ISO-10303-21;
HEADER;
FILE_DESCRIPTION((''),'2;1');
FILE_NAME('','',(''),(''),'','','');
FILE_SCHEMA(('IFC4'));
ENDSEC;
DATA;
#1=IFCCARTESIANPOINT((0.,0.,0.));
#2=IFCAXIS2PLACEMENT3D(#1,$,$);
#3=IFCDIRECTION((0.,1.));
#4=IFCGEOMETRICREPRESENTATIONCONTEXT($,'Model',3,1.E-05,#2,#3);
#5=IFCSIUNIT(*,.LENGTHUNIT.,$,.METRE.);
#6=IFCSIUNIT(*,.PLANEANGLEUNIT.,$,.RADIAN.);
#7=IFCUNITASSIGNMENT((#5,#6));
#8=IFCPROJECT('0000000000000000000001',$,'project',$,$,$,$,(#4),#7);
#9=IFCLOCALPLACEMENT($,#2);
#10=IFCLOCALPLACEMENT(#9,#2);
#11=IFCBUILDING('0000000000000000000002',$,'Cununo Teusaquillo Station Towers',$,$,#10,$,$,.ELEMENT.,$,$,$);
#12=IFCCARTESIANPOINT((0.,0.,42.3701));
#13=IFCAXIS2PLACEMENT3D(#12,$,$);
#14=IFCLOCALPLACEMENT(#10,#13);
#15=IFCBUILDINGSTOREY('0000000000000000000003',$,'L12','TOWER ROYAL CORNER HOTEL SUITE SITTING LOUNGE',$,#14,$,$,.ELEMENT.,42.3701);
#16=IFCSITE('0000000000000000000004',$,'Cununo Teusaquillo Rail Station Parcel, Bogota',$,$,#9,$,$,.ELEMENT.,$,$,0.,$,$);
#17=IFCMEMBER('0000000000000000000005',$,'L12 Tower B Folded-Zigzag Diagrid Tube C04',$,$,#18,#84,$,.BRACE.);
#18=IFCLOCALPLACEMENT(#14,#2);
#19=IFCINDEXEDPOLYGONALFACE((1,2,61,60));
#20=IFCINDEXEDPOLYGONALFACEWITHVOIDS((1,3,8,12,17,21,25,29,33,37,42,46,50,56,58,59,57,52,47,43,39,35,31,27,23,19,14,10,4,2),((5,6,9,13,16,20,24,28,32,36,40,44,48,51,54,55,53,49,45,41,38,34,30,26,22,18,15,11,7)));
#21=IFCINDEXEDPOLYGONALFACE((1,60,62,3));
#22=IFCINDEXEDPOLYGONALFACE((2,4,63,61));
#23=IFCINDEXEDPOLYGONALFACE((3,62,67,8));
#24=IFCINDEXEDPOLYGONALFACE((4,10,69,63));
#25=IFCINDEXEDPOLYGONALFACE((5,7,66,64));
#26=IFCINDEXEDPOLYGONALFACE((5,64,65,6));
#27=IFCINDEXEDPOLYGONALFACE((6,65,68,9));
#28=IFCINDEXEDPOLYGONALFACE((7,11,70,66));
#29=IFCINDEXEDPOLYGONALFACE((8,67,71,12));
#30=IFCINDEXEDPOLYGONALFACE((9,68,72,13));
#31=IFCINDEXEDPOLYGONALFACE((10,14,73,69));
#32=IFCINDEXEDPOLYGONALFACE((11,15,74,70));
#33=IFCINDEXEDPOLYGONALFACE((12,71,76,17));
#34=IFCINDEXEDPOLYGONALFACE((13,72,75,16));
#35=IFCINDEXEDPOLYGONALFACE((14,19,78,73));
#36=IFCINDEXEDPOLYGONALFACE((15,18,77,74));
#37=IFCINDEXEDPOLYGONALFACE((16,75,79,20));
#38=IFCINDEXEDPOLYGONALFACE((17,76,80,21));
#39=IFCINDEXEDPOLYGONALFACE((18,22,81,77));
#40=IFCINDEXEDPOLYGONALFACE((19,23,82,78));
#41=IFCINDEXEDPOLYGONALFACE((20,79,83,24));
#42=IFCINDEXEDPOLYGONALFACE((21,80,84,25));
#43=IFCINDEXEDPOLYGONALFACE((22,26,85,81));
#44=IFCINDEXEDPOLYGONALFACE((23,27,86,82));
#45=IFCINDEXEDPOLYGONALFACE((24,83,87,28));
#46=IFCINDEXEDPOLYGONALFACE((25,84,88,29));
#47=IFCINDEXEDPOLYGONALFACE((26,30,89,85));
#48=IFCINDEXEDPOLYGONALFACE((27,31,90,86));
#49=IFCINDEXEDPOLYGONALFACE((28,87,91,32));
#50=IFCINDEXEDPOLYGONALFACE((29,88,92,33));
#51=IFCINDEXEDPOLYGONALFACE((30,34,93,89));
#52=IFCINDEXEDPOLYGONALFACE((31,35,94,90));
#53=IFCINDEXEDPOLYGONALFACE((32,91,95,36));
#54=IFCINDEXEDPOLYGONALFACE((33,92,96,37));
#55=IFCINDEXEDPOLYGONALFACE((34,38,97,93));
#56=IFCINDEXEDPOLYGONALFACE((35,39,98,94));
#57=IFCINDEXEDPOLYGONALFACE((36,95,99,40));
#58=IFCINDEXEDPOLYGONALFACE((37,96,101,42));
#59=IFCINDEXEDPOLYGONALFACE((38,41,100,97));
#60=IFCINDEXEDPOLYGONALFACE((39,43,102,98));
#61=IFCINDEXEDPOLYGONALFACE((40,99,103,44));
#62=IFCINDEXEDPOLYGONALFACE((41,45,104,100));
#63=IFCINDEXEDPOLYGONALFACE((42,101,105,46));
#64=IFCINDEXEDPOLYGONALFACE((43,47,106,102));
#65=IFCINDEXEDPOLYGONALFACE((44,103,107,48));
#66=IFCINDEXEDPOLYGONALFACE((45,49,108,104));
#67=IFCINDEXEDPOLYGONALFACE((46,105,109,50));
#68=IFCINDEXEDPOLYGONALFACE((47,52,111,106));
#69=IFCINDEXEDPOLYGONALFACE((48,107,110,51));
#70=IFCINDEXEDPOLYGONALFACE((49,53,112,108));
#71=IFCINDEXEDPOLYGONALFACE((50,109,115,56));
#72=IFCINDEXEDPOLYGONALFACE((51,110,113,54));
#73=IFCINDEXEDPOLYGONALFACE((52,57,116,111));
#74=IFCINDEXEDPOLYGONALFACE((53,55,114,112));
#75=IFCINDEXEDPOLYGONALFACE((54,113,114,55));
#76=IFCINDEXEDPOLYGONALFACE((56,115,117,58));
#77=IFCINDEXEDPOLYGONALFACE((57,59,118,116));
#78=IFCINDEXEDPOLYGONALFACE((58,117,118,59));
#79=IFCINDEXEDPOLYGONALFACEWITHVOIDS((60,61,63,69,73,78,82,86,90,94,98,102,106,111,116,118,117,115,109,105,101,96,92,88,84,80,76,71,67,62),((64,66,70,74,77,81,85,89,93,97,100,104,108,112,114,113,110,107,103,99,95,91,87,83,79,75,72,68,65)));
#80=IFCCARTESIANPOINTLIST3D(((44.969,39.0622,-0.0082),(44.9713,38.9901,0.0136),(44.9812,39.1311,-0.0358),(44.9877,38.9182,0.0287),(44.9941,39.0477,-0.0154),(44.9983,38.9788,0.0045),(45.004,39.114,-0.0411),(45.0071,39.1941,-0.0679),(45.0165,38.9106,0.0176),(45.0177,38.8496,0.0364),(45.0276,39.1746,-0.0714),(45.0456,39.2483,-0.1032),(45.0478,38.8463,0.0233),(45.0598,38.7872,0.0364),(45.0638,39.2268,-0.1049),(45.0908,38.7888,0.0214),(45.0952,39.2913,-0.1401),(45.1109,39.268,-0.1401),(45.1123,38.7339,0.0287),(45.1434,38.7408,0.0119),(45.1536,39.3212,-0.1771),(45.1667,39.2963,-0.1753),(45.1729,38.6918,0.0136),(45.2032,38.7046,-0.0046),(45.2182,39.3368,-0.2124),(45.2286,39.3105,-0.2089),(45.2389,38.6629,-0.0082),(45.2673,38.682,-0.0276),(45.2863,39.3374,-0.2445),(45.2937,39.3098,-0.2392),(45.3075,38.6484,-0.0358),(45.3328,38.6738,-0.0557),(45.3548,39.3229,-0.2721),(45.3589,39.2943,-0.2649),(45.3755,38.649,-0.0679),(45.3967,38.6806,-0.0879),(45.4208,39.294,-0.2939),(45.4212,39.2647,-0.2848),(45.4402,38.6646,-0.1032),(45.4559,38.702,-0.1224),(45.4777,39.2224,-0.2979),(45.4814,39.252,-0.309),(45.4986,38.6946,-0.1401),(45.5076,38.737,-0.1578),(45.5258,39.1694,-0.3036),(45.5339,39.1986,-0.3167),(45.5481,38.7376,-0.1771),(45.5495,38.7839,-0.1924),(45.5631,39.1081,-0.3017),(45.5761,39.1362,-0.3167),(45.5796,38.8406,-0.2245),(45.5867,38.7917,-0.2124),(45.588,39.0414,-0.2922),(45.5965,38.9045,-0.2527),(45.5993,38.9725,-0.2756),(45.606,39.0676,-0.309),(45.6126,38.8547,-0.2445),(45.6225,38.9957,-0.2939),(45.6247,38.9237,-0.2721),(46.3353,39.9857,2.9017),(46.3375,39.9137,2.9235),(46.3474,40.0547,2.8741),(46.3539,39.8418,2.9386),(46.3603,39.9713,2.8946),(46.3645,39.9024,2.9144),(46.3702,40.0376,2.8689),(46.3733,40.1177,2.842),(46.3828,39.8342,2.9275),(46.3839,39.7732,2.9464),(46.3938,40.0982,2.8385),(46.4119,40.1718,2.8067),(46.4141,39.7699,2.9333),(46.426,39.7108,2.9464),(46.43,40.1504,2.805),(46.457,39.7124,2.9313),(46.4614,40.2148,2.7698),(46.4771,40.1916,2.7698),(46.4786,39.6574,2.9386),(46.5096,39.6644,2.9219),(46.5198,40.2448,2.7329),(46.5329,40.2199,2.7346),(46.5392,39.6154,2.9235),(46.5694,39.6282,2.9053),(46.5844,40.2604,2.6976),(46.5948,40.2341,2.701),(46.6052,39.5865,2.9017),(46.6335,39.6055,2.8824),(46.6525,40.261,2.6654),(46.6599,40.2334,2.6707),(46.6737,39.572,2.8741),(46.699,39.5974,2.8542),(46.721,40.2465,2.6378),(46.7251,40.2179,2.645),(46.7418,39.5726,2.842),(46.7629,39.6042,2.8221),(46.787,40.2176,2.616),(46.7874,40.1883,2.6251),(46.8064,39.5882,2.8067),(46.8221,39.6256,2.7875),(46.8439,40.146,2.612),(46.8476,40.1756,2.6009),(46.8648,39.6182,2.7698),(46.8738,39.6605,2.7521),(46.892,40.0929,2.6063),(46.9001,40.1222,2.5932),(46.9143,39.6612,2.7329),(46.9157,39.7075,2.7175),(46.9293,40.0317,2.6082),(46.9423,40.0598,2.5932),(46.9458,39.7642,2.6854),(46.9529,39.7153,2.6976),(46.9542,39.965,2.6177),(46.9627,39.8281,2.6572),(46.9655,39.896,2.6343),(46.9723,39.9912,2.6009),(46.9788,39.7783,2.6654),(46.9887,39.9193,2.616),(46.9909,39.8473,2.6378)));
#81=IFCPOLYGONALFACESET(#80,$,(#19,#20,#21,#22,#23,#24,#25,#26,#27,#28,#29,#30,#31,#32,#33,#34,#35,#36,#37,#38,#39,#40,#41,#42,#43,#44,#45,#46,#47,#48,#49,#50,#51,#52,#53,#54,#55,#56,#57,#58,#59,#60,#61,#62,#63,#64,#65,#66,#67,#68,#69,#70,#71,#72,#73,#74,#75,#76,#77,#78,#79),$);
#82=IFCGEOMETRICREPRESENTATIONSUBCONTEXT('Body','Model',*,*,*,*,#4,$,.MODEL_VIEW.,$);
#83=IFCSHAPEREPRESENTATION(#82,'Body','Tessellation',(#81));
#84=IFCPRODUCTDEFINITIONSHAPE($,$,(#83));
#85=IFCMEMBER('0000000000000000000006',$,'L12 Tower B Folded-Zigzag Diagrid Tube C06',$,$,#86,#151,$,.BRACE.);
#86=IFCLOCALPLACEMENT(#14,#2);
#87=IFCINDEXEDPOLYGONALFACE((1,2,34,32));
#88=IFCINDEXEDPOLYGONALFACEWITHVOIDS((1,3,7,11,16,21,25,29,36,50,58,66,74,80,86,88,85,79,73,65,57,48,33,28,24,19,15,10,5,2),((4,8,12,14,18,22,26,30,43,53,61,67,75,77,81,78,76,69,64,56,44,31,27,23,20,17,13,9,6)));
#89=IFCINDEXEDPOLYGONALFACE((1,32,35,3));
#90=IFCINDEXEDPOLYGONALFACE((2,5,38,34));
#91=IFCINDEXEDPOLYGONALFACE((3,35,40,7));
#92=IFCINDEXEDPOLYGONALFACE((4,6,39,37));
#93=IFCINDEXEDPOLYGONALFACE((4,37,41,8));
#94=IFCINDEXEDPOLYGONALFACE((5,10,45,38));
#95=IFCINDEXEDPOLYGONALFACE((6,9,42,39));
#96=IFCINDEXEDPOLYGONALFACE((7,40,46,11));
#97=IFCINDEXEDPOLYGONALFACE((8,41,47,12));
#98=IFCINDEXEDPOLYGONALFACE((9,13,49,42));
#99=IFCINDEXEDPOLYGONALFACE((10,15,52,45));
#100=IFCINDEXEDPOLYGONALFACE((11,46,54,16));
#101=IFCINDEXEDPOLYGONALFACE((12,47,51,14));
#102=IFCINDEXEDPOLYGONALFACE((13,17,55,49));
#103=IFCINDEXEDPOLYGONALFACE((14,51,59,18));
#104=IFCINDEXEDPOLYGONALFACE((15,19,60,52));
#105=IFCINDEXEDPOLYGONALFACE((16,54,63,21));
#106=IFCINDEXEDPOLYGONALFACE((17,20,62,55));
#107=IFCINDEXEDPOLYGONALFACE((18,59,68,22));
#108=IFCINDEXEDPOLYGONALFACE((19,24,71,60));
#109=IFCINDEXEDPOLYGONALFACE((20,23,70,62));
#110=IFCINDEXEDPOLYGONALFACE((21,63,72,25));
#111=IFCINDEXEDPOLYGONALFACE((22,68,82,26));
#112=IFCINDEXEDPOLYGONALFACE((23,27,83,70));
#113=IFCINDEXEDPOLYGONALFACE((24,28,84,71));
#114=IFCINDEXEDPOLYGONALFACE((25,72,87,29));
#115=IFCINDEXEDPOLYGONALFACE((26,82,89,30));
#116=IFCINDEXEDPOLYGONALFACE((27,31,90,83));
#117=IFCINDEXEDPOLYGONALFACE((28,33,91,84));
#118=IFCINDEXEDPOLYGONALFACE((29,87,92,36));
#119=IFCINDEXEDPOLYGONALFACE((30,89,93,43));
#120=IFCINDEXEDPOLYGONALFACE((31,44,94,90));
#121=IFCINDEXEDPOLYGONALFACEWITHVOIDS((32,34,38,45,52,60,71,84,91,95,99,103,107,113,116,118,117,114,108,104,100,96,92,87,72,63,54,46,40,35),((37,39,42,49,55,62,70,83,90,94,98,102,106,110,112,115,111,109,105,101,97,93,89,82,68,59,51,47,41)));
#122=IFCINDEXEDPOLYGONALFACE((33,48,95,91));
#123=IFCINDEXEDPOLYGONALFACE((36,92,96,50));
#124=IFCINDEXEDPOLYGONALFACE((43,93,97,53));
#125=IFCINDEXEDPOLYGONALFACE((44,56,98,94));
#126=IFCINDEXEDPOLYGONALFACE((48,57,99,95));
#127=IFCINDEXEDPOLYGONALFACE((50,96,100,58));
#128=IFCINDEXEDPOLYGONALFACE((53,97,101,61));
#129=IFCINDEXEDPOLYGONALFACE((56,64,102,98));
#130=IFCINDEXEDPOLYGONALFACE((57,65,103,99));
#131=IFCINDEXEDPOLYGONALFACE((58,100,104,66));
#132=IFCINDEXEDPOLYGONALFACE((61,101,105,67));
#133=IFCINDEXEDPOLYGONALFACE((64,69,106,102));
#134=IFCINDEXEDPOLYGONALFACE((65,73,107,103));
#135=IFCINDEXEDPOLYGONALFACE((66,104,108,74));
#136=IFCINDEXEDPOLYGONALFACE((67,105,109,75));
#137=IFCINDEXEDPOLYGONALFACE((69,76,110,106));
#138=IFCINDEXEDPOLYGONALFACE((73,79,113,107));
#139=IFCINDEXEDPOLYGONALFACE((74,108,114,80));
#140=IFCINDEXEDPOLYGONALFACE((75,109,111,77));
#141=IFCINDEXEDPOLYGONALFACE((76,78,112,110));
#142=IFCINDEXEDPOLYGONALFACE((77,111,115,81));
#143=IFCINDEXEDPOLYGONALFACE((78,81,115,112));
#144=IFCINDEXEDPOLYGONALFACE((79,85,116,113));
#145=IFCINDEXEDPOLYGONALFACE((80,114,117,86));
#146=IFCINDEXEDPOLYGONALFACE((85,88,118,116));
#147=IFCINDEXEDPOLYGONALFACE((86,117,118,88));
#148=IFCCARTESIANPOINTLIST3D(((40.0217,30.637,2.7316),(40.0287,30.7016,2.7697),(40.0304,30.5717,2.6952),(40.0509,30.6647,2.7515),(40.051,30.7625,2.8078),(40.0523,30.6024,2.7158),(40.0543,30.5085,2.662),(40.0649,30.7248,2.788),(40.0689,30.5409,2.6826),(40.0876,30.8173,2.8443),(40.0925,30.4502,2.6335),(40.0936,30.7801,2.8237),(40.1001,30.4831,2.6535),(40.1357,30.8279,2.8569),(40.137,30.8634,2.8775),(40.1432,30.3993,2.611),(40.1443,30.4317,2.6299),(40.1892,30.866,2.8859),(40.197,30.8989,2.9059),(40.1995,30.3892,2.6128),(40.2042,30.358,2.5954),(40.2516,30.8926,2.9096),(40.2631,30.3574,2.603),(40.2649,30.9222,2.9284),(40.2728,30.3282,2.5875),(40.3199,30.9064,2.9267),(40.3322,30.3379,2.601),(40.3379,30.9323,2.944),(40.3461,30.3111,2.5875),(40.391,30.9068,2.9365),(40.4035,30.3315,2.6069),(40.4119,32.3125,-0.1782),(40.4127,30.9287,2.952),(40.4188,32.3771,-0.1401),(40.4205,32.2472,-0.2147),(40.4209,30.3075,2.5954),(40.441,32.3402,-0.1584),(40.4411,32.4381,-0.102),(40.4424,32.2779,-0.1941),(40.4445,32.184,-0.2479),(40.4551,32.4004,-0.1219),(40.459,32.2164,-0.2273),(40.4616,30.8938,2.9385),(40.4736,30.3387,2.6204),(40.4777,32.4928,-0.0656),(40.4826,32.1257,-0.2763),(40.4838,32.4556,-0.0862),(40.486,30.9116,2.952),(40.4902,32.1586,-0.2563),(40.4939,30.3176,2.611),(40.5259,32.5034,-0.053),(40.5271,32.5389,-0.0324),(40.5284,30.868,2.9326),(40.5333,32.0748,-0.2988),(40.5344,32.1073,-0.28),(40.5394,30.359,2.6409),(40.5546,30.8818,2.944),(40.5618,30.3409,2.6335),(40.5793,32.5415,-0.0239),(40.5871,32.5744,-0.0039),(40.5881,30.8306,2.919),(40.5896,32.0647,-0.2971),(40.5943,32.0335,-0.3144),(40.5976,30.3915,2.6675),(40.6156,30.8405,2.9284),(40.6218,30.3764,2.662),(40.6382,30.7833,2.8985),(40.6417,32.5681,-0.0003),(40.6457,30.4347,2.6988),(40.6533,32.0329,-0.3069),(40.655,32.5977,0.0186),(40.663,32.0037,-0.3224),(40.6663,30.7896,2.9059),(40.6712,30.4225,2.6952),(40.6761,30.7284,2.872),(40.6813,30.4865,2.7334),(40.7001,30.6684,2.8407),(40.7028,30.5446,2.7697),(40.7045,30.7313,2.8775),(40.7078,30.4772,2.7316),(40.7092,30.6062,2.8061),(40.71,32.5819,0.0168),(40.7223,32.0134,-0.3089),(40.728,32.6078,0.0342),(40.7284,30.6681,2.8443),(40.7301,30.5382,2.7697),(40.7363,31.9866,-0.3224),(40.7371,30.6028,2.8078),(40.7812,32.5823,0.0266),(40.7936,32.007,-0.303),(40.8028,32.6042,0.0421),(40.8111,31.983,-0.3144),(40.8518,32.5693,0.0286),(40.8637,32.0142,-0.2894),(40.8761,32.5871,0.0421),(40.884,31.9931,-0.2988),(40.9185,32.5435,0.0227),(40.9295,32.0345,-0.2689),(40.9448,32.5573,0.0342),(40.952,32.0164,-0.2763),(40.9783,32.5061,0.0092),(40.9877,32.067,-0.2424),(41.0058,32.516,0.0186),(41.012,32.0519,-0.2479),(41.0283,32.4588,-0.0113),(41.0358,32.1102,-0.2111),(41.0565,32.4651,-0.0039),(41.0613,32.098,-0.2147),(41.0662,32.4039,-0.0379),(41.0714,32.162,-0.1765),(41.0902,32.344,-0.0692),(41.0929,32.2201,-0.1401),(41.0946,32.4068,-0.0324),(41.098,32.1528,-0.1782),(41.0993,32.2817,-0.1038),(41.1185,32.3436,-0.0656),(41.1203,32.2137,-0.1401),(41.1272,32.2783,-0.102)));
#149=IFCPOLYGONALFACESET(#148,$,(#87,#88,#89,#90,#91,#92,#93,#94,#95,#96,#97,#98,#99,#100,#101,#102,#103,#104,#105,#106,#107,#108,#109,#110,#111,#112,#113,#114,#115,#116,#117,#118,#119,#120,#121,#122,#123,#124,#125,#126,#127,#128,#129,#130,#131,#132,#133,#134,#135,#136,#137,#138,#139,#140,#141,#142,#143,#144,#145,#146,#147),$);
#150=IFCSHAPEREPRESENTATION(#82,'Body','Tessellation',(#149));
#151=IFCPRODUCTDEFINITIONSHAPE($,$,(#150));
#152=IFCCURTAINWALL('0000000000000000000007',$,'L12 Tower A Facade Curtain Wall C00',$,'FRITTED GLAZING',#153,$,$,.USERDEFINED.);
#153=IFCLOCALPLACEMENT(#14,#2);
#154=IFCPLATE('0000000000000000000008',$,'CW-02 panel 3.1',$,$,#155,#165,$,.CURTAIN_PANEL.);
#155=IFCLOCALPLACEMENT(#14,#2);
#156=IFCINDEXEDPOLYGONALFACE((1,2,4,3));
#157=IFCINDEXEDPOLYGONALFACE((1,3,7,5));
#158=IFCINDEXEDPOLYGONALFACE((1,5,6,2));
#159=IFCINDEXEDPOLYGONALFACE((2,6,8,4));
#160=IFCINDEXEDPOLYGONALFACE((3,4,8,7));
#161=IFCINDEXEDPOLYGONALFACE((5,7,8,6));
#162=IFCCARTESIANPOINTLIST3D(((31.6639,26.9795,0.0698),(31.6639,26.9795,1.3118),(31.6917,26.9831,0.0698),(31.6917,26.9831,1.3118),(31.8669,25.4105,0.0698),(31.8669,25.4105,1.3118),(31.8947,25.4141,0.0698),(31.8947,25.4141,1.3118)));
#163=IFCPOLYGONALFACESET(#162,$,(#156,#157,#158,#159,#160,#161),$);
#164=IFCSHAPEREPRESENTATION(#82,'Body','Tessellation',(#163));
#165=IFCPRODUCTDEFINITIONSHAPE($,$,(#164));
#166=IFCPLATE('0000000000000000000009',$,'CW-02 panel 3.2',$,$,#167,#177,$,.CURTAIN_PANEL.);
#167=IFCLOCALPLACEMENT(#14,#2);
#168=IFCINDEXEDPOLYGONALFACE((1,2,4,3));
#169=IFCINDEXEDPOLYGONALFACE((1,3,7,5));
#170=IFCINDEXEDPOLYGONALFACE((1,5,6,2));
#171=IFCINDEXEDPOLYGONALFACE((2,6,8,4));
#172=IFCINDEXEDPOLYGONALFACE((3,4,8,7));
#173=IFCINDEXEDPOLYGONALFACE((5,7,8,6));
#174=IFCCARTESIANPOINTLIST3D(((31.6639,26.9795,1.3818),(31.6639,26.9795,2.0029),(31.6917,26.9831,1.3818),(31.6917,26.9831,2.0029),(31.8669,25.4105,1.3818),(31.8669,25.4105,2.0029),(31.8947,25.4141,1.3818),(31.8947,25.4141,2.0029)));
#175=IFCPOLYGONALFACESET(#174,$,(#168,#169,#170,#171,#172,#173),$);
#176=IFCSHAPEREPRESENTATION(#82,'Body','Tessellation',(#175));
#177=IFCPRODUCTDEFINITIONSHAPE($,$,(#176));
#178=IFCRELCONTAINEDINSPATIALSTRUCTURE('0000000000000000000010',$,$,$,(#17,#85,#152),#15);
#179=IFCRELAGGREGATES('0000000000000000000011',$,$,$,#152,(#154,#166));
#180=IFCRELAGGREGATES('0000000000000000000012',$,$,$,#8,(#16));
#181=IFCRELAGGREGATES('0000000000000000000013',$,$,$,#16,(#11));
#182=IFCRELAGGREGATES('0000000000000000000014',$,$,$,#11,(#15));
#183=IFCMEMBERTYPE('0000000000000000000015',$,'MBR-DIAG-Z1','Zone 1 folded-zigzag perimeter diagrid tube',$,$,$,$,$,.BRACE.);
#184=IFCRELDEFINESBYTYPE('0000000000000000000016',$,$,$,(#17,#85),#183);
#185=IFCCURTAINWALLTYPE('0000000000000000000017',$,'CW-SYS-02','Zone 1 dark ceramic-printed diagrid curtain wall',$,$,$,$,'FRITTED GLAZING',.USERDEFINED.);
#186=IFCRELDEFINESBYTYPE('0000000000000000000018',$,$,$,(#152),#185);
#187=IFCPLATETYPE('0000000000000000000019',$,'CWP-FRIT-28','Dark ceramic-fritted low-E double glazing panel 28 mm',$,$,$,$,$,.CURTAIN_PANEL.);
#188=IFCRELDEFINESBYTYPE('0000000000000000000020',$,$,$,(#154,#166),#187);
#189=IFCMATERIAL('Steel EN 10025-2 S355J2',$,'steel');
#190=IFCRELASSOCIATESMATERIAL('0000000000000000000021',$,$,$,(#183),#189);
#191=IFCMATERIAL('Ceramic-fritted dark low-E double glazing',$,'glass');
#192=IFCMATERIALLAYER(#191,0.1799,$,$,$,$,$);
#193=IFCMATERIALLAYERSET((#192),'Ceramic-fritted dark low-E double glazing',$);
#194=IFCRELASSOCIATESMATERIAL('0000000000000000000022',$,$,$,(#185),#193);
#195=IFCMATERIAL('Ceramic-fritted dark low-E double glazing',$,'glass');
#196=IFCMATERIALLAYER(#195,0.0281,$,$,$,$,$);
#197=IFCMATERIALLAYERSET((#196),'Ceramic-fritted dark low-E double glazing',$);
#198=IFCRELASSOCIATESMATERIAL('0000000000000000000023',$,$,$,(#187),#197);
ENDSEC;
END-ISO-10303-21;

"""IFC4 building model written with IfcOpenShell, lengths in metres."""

from ifc_helpers import new_model, si_unit, direction, frame, origin, origin_2d, place, context, subcontext, project, spatial, rectangle, hollow_circle, extrude, source, transform, mapped, material, layer, layer_set, material_profile, profile_set, type_object, element, aggregate, save


model = new_model("IFC4")

# Units and contexts
model_context = context("Model", 3, precision=1e-05, world=origin(), true_north=direction((0.0, 1.0)))
body_context = subcontext(model_context, "Body", "Model", "MODEL_VIEW")
ifc_project = project(units=[si_unit("LENGTHUNIT", "METRE"), si_unit("PLANEANGLEUNIT", "RADIAN")], contexts=[model_context])

# Site, building, storey
site_placement = place(None, origin())
site = spatial("IfcSite", under=ifc_project, at=site_placement, Name="Cununo Teusaquillo Rail Station Parcel, Bogota", CompositionType="ELEMENT", RefElevation=0.0)
building_placement = place(site_placement, origin())
building = spatial("IfcBuilding", under=site, at=building_placement, Name="Cununo Teusaquillo Station Towers", CompositionType="ELEMENT")
storey_placement = place(building_placement, frame((0.0, 0.0, 42.3701)))
storey = spatial("IfcBuildingStorey", under=building, at=storey_placement, Name="L12", Description="TOWER ROYAL CORNER HOTEL SUITE SITTING LOUNGE", CompositionType="ELEMENT", Elevation=42.3701)

# Members
ifc_material_1 = material(Name="Steel EN 10025-2 S355J2", Category="steel")
ifc_material_profile_1 = material_profile(ifc_material_1, hollow_circle(Radius=0.3601, WallThickness=0.0281, at=origin_2d()), Name="CHS 720x28")
ifc_profile_set_1 = profile_set([ifc_material_profile_1], Name="Steel EN 10025-2 S355J2")
member_type = type_object("IfcMemberType", Name="MBR-DIAG-Z1", Description="Zone 1 folded-zigzag perimeter diagrid tube", PredefinedType="BRACE", material=ifc_profile_set_1)
member_1_placement = place(storey_placement, frame((45.2969, 38.9929, -0.1401), z_axis=(0.408468, 0.276132, 0.870003), x_axis=(-0.560052, 0.828457, 0.0)))
element("IfcMember", 1, at=member_1_placement, inside=storey, type_object=member_type, Name="L12 Tower B Folded-Zigzag Diagrid Tube C04", PredefinedType="BRACE", context=body_context, shape_type="SweptSolid", body=[
    extrude(hollow_circle(Radius=0.3601, WallThickness=0.0281, at=origin_2d()), origin(), (0.0, 0.0, 1.0), 3.3447),
])
member_2_placement = place(storey_placement, frame((40.7695, 32.2954, -0.1401), z_axis=(-0.115411, -0.49566, 0.860815), x_axis=(0.973947, -0.226776, 0.0)))
element("IfcMember", 2, at=member_2_placement, inside=storey, type_object=member_type, Name="L12 Tower B Folded-Zigzag Diagrid Tube C06", PredefinedType="BRACE", context=body_context, shape_type="SweptSolid", body=[
    extrude(hollow_circle(Radius=0.3601, WallThickness=0.0281, at=origin_2d()), origin(), (0.0, 0.0, 1.0), 3.3804),
])

# Curtain wall, plates
ifc_material_2 = material(Name="Ceramic-fritted dark low-E double glazing", Category="glass")
ifc_layer_1 = layer(ifc_material_2, 0.1799)
ifc_layer_set_1 = layer_set([ifc_layer_1], Name="Ceramic-fritted dark low-E double glazing")
curtain_wall_type = type_object("IfcCurtainWallType", Name="CW-SYS-02", Description="Zone 1 dark ceramic-printed diagrid curtain wall", ElementType="FRITTED GLAZING", PredefinedType="USERDEFINED", material=ifc_layer_set_1)
curtain_wall_placement = place(storey_placement, origin())
curtain_wall = element("IfcCurtainWall", 3, at=curtain_wall_placement, inside=storey, type_object=curtain_wall_type, Name="L12 Tower A Facade Curtain Wall C00", ObjectType="FRITTED GLAZING", PredefinedType="USERDEFINED")
ifc_material_3 = material(Name="Ceramic-fritted dark low-E double glazing", Category="glass")
ifc_layer_2 = layer(ifc_material_3, 0.0281)
ifc_layer_set_2 = layer_set([ifc_layer_2], Name="Ceramic-fritted dark low-E double glazing")
plate_type = type_object("IfcPlateType", Name="CWP-FRIT-28", Description="Dark ceramic-fritted low-E double glazing panel 28 mm", PredefinedType="CURTAIN_PANEL", material=ifc_layer_set_2)
shared_shape_1 = source(origin(), body_context, "Body", "SweptSolid", [
    extrude(rectangle(XDim=1.582, YDim=0.0281, at=origin_2d()), origin(), (0.0, 0.0, 1.0), 1.2419),
])
plate_1_placement = place(storey_placement, frame((31.7793, 26.1968, 0.0698), z_axis=(0.0, 0.0, 1.0), x_axis=(0.128336, -0.991731, 0.0)))
plate_1 = element("IfcPlate", 4, at=plate_1_placement, type_object=plate_type, Name="CW-02 panel 3.1", PredefinedType="CURTAIN_PANEL", context=body_context, shape_type="MappedRepresentation", body=[
    mapped(shared_shape_1, transform((0.0, 0.0, 0.0), x_axis=(1.0, 0.0, 0.0), y_axis=(0.0, 1.0, 0.0), z_axis=(0.0, 0.0, 1.0), scale=1.0)),
])
shared_shape_2 = source(origin(), body_context, "Body", "SweptSolid", [
    extrude(rectangle(XDim=1.582, YDim=0.0281, at=origin_2d()), origin(), (0.0, 0.0, 1.0), 0.6211),
])
plate_2_placement = place(storey_placement, frame((31.7793, 26.1968, 1.3818), z_axis=(0.0, 0.0, 1.0), x_axis=(0.128336, -0.991731, 0.0)))
plate_2 = element("IfcPlate", 5, at=plate_2_placement, type_object=plate_type, Name="CW-02 panel 3.2", PredefinedType="CURTAIN_PANEL", context=body_context, shape_type="MappedRepresentation", body=[
    mapped(shared_shape_2, transform((0.0, 0.0, 0.0), x_axis=(1.0, 0.0, 0.0), y_axis=(0.0, 1.0, 0.0), z_axis=(0.0, 0.0, 1.0), scale=1.0)),
])
aggregate(curtain_wall, [plate_1, plate_2])

save(model, "model.ifc")
